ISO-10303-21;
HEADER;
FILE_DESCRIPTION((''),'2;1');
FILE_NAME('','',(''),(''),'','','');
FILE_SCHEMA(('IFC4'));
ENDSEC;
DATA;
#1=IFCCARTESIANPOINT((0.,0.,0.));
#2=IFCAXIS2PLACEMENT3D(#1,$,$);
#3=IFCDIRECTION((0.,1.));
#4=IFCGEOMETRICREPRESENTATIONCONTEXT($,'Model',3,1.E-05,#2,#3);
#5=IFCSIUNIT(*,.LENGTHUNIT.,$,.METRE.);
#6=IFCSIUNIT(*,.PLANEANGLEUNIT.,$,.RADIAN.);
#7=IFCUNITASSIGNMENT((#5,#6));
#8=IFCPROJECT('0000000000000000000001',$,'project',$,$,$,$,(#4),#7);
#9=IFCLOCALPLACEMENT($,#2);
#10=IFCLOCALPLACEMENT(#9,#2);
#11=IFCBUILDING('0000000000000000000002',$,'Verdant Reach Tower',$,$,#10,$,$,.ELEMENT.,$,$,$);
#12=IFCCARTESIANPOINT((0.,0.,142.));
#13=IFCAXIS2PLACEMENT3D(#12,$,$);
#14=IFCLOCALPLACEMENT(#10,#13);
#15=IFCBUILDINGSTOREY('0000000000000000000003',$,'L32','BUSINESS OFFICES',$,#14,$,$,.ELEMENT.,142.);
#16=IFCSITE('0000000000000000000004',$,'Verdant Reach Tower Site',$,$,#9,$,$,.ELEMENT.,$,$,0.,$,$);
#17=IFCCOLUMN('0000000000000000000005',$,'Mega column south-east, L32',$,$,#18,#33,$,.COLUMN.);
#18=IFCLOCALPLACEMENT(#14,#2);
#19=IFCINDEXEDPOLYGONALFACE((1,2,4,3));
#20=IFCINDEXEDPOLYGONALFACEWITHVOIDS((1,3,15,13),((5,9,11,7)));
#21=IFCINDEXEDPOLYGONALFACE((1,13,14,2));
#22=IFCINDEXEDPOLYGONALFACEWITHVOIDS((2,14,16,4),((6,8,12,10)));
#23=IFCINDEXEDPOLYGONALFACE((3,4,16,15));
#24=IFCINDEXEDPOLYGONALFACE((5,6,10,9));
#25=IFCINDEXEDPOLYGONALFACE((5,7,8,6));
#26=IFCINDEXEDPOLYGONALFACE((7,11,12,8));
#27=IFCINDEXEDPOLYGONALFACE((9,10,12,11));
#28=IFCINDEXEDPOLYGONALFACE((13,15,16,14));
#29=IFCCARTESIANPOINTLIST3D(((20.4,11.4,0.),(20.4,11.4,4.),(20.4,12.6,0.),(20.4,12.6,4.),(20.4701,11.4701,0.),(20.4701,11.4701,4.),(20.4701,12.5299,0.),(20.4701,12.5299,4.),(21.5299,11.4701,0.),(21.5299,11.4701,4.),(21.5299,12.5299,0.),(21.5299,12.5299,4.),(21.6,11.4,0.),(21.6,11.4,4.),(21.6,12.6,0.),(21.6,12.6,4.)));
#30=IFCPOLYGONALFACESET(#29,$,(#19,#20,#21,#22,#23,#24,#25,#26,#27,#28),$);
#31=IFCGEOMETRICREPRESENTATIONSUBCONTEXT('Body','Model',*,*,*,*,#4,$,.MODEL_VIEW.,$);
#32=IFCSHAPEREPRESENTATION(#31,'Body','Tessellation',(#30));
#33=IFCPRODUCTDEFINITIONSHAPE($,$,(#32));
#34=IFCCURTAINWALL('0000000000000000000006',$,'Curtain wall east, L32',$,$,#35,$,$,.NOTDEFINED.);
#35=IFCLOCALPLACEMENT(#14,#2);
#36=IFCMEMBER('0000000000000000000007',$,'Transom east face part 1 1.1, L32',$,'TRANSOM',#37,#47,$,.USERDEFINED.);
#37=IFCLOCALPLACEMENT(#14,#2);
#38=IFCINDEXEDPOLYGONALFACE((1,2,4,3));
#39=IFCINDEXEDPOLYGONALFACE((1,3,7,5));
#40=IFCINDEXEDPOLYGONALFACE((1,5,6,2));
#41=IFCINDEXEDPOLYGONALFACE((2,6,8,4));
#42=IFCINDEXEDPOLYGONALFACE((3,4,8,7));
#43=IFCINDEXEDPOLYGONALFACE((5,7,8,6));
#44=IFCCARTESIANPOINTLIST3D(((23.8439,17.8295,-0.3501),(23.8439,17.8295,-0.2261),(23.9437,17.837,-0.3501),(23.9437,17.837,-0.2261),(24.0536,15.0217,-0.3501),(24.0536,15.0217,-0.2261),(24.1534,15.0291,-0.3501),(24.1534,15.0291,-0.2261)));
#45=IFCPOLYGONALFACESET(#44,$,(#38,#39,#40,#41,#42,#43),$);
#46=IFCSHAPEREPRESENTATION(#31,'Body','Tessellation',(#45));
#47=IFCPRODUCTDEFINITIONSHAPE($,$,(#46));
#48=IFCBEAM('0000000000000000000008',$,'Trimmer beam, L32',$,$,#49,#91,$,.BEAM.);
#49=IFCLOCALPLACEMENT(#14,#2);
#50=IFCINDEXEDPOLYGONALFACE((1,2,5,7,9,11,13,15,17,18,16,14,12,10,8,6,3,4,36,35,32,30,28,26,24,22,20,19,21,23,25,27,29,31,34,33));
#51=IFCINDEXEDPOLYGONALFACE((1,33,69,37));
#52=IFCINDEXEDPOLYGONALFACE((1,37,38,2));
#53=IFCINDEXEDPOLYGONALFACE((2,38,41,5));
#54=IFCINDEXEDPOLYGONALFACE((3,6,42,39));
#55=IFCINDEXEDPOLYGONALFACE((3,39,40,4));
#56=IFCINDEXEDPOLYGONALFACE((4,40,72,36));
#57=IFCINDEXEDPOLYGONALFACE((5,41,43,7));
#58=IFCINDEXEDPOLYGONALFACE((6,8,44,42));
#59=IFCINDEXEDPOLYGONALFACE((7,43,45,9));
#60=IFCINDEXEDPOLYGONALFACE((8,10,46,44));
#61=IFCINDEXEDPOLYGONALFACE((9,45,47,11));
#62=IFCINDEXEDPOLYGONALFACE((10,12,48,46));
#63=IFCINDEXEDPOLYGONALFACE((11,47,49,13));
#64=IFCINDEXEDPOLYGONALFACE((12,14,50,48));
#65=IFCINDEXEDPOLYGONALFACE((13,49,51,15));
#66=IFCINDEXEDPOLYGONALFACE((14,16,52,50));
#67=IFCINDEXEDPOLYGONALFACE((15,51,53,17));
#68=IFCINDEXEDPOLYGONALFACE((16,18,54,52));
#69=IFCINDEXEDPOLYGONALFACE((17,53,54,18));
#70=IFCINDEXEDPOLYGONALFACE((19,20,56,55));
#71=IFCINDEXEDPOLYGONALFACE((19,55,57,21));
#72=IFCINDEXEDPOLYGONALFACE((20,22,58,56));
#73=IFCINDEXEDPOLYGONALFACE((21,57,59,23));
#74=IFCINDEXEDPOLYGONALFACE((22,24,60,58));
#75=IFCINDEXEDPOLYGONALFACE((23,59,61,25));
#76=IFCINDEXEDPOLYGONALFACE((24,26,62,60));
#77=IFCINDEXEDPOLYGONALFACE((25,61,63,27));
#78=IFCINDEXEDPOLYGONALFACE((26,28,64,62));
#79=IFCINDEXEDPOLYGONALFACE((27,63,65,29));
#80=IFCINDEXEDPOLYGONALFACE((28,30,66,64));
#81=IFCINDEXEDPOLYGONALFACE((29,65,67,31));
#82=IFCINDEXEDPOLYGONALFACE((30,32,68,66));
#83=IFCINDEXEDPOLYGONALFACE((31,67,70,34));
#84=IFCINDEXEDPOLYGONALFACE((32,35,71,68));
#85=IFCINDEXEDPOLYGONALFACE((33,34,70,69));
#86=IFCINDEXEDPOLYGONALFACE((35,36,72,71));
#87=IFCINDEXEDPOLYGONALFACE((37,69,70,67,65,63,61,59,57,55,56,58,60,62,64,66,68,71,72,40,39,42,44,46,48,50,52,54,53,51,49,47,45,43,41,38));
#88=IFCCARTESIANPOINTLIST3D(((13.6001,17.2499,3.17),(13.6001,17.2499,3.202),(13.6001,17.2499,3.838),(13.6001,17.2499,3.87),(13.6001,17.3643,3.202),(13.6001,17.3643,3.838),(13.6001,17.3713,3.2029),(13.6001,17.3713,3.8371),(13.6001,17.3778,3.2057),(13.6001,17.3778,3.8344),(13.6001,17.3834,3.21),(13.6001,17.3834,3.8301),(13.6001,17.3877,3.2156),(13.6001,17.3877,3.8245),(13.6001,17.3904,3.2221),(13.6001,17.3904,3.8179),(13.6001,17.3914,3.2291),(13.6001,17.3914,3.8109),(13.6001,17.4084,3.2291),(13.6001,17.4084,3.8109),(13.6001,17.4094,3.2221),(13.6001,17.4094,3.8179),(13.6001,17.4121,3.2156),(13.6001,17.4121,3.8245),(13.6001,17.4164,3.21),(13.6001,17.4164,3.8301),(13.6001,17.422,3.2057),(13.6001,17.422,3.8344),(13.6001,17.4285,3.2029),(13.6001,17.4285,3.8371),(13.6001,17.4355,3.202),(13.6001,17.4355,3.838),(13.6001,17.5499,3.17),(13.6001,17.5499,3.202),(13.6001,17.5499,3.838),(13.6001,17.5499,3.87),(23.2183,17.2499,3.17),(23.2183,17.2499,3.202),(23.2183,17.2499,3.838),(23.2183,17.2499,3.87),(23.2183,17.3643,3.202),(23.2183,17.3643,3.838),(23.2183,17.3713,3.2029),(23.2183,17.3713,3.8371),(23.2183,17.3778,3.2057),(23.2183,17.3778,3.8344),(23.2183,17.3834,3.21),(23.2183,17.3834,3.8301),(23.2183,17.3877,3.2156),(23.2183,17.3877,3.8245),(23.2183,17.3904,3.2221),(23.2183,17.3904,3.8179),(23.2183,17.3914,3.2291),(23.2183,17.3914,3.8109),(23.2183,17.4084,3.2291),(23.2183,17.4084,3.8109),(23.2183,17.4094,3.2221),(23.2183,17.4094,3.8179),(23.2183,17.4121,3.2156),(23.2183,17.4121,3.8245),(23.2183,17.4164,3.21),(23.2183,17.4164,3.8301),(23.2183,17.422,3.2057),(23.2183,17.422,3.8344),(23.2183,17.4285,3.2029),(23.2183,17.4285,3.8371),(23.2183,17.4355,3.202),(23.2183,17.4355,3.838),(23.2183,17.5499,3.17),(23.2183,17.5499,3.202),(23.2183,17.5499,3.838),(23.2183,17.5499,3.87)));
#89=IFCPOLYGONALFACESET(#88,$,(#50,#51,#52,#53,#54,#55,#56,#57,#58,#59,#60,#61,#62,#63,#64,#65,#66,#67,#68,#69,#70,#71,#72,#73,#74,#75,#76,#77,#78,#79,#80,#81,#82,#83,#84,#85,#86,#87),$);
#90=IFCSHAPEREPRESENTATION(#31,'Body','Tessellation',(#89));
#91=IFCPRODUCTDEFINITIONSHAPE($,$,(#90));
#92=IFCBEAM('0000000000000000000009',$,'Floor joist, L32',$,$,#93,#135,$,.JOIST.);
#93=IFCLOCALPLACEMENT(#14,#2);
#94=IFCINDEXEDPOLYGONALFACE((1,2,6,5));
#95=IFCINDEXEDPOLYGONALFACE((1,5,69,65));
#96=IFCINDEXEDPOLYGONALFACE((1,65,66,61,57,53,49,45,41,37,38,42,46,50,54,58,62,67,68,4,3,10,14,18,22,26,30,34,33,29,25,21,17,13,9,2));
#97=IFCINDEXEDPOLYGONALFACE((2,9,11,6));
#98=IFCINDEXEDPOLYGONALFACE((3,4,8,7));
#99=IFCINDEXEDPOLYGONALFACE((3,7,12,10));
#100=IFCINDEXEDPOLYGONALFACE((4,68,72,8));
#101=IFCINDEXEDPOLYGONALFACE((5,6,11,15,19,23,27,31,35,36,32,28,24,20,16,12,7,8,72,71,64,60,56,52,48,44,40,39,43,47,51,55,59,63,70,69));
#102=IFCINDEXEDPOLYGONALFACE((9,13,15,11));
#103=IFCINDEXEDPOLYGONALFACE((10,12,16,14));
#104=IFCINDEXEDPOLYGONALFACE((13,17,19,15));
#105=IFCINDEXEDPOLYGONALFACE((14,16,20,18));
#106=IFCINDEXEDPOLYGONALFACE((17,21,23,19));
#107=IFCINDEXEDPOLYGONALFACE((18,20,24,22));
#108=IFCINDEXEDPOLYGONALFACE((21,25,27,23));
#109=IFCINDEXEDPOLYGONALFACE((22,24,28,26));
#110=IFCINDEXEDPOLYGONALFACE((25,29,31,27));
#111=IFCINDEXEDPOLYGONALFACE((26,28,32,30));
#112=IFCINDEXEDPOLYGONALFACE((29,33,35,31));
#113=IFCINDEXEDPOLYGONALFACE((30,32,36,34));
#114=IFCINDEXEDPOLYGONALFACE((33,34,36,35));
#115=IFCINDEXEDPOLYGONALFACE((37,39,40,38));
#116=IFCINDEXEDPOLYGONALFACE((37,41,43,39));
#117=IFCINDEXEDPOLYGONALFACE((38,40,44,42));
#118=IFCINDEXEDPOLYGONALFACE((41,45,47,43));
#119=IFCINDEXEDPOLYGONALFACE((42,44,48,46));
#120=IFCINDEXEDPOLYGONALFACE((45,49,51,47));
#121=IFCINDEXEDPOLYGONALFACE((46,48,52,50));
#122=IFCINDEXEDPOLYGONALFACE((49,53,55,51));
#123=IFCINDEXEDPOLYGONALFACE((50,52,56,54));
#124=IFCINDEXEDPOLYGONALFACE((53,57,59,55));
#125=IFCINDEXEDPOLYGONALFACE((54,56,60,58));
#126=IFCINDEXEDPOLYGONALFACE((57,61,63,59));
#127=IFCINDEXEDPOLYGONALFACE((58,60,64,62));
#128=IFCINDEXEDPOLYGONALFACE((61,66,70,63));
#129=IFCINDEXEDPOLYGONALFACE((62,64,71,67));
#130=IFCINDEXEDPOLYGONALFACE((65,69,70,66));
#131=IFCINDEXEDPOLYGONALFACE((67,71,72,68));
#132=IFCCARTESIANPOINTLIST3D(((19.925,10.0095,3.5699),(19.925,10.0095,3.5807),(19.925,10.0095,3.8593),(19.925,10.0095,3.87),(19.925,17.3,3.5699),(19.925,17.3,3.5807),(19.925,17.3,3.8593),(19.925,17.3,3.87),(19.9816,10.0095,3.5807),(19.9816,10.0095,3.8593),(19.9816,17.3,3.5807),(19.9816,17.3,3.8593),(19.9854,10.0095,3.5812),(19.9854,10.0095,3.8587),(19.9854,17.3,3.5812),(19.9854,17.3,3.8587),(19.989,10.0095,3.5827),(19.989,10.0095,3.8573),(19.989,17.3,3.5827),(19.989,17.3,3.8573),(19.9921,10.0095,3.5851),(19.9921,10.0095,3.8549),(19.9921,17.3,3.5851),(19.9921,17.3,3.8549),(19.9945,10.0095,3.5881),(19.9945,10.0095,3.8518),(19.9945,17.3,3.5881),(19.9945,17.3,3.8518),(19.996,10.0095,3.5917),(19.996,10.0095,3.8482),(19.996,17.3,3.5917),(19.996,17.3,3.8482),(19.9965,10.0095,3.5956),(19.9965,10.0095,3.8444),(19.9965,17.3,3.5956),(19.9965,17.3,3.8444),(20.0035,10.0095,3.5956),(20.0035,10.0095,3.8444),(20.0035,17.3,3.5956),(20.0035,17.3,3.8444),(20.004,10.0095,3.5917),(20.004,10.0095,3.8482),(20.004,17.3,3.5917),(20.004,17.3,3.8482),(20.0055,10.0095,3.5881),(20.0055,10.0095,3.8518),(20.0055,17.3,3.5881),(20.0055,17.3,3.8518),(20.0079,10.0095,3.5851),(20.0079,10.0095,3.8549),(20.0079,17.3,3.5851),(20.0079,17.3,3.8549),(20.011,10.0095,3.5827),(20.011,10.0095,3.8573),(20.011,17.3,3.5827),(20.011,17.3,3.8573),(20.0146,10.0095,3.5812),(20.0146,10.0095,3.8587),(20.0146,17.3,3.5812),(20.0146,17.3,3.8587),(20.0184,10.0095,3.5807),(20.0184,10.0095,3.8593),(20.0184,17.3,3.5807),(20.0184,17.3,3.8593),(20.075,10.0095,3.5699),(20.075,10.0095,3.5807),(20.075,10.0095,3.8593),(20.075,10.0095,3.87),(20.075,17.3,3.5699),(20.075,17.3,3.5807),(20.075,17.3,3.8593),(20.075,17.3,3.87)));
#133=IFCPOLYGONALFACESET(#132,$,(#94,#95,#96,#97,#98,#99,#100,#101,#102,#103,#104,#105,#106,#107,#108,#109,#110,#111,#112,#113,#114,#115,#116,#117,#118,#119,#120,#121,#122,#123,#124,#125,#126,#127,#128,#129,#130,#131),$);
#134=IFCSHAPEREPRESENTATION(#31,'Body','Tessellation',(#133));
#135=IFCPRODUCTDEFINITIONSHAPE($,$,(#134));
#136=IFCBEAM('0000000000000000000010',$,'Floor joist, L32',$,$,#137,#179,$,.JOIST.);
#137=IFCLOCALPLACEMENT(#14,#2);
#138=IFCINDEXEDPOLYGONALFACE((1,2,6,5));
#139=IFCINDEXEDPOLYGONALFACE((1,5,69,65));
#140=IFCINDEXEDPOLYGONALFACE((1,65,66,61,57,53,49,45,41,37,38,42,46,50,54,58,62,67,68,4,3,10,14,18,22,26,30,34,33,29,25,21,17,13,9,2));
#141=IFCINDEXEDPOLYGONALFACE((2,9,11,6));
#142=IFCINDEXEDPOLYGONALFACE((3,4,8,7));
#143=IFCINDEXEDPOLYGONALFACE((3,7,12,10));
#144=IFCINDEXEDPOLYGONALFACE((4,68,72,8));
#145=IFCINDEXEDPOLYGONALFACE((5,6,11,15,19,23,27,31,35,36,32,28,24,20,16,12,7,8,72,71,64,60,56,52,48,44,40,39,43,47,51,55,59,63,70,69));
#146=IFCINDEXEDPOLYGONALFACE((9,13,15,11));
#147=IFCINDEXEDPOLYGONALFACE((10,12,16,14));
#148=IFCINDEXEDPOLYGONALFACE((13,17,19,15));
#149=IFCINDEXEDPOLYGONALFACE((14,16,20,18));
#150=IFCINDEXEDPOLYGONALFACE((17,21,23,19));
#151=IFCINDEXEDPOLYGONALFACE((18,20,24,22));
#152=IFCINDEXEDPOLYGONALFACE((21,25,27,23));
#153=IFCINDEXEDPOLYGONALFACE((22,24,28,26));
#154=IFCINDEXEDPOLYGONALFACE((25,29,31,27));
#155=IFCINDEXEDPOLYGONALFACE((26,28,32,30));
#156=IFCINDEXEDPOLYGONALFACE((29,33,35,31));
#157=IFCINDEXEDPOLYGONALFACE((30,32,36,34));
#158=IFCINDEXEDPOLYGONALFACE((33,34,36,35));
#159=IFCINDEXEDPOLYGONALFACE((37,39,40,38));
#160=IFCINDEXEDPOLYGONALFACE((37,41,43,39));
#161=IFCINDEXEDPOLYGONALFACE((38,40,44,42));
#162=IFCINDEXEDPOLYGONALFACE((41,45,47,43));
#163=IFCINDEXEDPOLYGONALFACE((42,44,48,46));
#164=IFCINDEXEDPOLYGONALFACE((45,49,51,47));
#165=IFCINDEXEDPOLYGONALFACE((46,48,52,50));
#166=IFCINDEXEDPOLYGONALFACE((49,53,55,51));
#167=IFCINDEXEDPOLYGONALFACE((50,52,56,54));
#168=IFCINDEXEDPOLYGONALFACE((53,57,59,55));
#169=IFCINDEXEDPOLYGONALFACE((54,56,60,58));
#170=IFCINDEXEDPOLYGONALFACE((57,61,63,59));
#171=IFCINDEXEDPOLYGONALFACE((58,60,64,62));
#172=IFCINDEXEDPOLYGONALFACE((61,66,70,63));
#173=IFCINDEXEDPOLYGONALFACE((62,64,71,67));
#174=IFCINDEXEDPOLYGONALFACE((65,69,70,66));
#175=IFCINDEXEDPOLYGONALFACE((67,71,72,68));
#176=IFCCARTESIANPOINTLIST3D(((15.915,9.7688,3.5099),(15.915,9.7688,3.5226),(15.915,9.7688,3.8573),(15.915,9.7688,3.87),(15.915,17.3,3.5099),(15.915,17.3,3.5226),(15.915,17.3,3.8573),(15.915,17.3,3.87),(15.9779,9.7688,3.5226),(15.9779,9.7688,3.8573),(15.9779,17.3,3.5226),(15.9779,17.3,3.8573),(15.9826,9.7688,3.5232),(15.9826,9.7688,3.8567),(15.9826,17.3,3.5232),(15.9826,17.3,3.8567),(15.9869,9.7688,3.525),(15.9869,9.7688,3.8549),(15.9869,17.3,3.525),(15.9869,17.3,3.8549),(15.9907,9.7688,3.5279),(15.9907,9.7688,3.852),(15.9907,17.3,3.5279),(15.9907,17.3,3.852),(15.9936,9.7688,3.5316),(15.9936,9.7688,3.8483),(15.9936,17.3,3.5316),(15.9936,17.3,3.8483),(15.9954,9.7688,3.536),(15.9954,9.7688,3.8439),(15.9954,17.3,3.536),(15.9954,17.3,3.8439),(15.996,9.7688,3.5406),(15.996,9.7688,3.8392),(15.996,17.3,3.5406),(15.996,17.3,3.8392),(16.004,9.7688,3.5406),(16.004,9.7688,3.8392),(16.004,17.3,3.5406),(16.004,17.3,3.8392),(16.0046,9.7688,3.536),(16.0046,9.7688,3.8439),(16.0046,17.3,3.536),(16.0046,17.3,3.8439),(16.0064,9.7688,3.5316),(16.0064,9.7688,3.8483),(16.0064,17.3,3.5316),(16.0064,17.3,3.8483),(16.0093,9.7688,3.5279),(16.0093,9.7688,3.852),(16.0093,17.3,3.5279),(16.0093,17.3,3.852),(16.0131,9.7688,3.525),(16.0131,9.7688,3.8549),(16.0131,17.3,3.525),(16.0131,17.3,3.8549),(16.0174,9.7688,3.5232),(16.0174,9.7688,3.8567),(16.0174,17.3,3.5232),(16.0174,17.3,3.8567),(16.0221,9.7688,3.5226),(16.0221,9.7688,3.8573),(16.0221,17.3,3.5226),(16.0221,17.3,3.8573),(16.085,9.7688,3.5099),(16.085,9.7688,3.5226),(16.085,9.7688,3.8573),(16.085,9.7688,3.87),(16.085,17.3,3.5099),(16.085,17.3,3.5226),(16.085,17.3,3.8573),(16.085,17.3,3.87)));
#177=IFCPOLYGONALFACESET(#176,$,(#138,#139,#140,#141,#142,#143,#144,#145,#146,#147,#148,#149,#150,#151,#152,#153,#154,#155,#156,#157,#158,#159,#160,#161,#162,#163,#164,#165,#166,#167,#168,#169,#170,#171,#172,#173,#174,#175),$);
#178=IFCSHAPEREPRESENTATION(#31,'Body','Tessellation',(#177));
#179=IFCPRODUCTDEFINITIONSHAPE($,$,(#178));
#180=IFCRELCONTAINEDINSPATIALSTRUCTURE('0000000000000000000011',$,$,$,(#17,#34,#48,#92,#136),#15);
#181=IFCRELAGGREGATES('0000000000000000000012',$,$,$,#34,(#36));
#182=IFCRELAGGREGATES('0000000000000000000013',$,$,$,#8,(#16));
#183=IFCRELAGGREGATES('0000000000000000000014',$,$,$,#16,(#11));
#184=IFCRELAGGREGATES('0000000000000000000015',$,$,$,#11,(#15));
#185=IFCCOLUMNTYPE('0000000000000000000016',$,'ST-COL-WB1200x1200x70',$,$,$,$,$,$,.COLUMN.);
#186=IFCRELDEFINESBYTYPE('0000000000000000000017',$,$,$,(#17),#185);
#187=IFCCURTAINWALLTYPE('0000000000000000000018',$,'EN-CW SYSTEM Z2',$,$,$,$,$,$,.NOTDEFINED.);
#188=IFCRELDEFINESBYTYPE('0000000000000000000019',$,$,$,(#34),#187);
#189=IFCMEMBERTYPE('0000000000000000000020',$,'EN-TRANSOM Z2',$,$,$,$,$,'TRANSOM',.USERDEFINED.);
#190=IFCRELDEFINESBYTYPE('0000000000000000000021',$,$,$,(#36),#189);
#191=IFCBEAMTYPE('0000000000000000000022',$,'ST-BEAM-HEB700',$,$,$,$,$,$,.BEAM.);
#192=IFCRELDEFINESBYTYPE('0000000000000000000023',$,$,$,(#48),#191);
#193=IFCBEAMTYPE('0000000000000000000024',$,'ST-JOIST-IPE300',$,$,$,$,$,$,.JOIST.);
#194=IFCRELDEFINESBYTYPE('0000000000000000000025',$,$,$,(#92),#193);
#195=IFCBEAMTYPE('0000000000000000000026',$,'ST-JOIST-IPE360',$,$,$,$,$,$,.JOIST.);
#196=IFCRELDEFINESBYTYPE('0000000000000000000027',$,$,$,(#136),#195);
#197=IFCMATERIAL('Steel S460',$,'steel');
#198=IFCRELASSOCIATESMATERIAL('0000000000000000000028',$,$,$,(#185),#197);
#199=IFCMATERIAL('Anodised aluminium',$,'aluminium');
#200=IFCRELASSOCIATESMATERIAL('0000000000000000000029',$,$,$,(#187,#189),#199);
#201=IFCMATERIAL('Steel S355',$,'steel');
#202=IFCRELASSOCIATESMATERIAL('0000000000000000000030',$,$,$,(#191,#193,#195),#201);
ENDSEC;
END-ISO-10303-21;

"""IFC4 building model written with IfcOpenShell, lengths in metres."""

from ifc_helpers import new_model, si_unit, direction, frame, origin, origin_2d, place, context, subcontext, project, spatial, rectangle, hollow_rectangle, i_section, extrude, material, material_profile, profile_set, type_object, element, aggregate, save


model = new_model("IFC4")

# Units and contexts
model_context = context("Model", 3, precision=1e-05, world=origin(), true_north=direction((0.0, 1.0)))
body_context = subcontext(model_context, "Body", "Model", "MODEL_VIEW")
ifc_project = project(units=[si_unit("LENGTHUNIT", "METRE"), si_unit("PLANEANGLEUNIT", "RADIAN")], contexts=[model_context])

# Site, building, storey
site_placement = place(None, origin())
site = spatial("IfcSite", under=ifc_project, at=site_placement, Name="Verdant Reach Tower Site", CompositionType="ELEMENT", RefElevation=0.0)
building_placement = place(site_placement, origin())
building = spatial("IfcBuilding", under=site, at=building_placement, Name="Verdant Reach Tower", CompositionType="ELEMENT")
storey_placement = place(building_placement, frame((0.0, 0.0, 142.0)))
storey = spatial("IfcBuildingStorey", under=building, at=storey_placement, Name="L32", Description="BUSINESS OFFICES", CompositionType="ELEMENT", Elevation=142.0)

# Column
ifc_material_1 = material(Name="Steel S460", Category="steel")
ifc_material_profile_1 = material_profile(ifc_material_1, hollow_rectangle(XDim=1.2, YDim=1.2, WallThickness=0.0701, at=origin_2d()), Name="WB 1200x1200x70")
ifc_profile_set_1 = profile_set([ifc_material_profile_1], Name="Steel S460")
column_type = type_object("IfcColumnType", Name="ST-COL-WB1200x1200x70", PredefinedType="COLUMN", material=ifc_profile_set_1)
column_placement = place(storey_placement, frame((21.0, 12.0, 0.0), z_axis=(0.0, 0.0, 1.0), x_axis=(1.0, 0.0, 0.0)))
element("IfcColumn", 1, at=column_placement, inside=storey, type_object=column_type, Name="Mega column south-east, L32", PredefinedType="COLUMN", context=body_context, shape_type="SweptSolid", body=[
    extrude(hollow_rectangle(XDim=1.2, YDim=1.2, WallThickness=0.0701, at=origin_2d()), origin(), (0.0, 0.0, 1.0), 4.0),
])

# Curtain wall, member
ifc_material_2 = material(Name="Anodised aluminium", Category="aluminium")
curtain_wall_type = type_object("IfcCurtainWallType", Name="EN-CW SYSTEM Z2", PredefinedType="NOTDEFINED", material=ifc_material_2)
curtain_wall_1_placement = place(storey_placement, origin())
curtain_wall_1 = element("IfcCurtainWall", 2, at=curtain_wall_1_placement, inside=storey, type_object=curtain_wall_type, Name="Curtain wall east, L32", PredefinedType="NOTDEFINED")
ifc_material_profile_2 = material_profile(ifc_material_2, rectangle(XDim=0.1001, YDim=0.124, at=origin_2d()), Name="Transom 124x100")
ifc_profile_set_2 = profile_set([ifc_material_profile_2], Name="Anodised aluminium")
member_type = type_object("IfcMemberType", Name="EN-TRANSOM Z2", ElementType="TRANSOM", PredefinedType="USERDEFINED", material=ifc_profile_set_2)
member_placement = place(storey_placement, frame((24.1035, 15.0254, -0.2881), z_axis=(-0.074482, 0.997222, 0.0), x_axis=(-0.997222, -0.074482, 0.0)))
member = element("IfcMember", 3, at=member_placement, type_object=member_type, Name="Transom east face part 1 1.1, L32", ObjectType="TRANSOM", PredefinedType="USERDEFINED", context=body_context, shape_type="SweptSolid", body=[
    extrude(rectangle(XDim=0.1001, YDim=0.124, at=origin_2d()), origin(), (0.0, 0.0, 1.0), 2.8157),
])

# Beams
ifc_material_3 = material(Name="Steel S355", Category="steel")
ifc_material_profile_3 = material_profile(ifc_material_3, i_section(OverallWidth=0.3, OverallDepth=0.7, WebThickness=0.0171, FlangeThickness=0.032, FilletRadius=0.0271, at=origin_2d()), Name="HEB 700")
ifc_profile_set_3 = profile_set([ifc_material_profile_3], Name="Steel S355")
beam_type_1 = type_object("IfcBeamType", Name="ST-BEAM-HEB700", PredefinedType="BEAM", material=ifc_profile_set_3)
beam_1_placement = place(storey_placement, frame((13.6001, 17.3999, 3.52), z_axis=(1.0, 0.0, 0.0), x_axis=(0.0, 1.0, 0.0)))
element("IfcBeam", 4, at=beam_1_placement, inside=storey, type_object=beam_type_1, Name="Trimmer beam, L32", PredefinedType="BEAM", context=body_context, shape_type="SweptSolid", body=[
    extrude(i_section(OverallWidth=0.3, OverallDepth=0.7, WebThickness=0.0171, FlangeThickness=0.032, FilletRadius=0.0271, at=origin_2d()), origin(), (0.0, 0.0, 1.0), 9.6182),
])
ifc_material_profile_4 = material_profile(ifc_material_3, i_section(OverallWidth=0.1499, OverallDepth=0.3, WebThickness=0.0071, FlangeThickness=0.0107, FilletRadius=0.0149, at=origin_2d()), Name="IPE 300")
ifc_profile_set_4 = profile_set([ifc_material_profile_4], Name="Steel S355")
beam_type_2 = type_object("IfcBeamType", Name="ST-JOIST-IPE300", PredefinedType="JOIST", material=ifc_profile_set_4)
beam_2_placement = place(storey_placement, frame((20.0, 17.3, 3.72), z_axis=(0.0, -1.0, 0.0), x_axis=(1.0, 0.0, 0.0)))
element("IfcBeam", 5, at=beam_2_placement, inside=storey, type_object=beam_type_2, Name="Floor joist, L32", PredefinedType="JOIST", context=body_context, shape_type="SweptSolid", body=[
    extrude(i_section(OverallWidth=0.1499, OverallDepth=0.3, WebThickness=0.0071, FlangeThickness=0.0107, FilletRadius=0.0149, at=origin_2d()), origin(), (0.0, 0.0, 1.0), 7.2905),
])
ifc_material_profile_5 = material_profile(ifc_material_3, i_section(OverallWidth=0.1699, OverallDepth=0.3601, WebThickness=0.0081, FlangeThickness=0.0127, FilletRadius=0.0181, at=origin_2d()), Name="IPE 360")
ifc_profile_set_5 = profile_set([ifc_material_profile_5], Name="Steel S355")
beam_type_3 = type_object("IfcBeamType", Name="ST-JOIST-IPE360", PredefinedType="JOIST", material=ifc_profile_set_5)
beam_3_placement = place(storey_placement, frame((16.0, 17.3, 3.6899), z_axis=(0.0, -1.0, 0.0), x_axis=(1.0, 0.0, 0.0)))
element("IfcBeam", 6, at=beam_3_placement, inside=storey, type_object=beam_type_3, Name="Floor joist, L32", PredefinedType="JOIST", context=body_context, shape_type="SweptSolid", body=[
    extrude(i_section(OverallWidth=0.1699, OverallDepth=0.3601, WebThickness=0.0081, FlangeThickness=0.0127, FilletRadius=0.0181, at=origin_2d()), origin(), (0.0, 0.0, 1.0), 7.5312),
])

aggregate(curtain_wall_1, [member])

save(model, "model.ifc")
